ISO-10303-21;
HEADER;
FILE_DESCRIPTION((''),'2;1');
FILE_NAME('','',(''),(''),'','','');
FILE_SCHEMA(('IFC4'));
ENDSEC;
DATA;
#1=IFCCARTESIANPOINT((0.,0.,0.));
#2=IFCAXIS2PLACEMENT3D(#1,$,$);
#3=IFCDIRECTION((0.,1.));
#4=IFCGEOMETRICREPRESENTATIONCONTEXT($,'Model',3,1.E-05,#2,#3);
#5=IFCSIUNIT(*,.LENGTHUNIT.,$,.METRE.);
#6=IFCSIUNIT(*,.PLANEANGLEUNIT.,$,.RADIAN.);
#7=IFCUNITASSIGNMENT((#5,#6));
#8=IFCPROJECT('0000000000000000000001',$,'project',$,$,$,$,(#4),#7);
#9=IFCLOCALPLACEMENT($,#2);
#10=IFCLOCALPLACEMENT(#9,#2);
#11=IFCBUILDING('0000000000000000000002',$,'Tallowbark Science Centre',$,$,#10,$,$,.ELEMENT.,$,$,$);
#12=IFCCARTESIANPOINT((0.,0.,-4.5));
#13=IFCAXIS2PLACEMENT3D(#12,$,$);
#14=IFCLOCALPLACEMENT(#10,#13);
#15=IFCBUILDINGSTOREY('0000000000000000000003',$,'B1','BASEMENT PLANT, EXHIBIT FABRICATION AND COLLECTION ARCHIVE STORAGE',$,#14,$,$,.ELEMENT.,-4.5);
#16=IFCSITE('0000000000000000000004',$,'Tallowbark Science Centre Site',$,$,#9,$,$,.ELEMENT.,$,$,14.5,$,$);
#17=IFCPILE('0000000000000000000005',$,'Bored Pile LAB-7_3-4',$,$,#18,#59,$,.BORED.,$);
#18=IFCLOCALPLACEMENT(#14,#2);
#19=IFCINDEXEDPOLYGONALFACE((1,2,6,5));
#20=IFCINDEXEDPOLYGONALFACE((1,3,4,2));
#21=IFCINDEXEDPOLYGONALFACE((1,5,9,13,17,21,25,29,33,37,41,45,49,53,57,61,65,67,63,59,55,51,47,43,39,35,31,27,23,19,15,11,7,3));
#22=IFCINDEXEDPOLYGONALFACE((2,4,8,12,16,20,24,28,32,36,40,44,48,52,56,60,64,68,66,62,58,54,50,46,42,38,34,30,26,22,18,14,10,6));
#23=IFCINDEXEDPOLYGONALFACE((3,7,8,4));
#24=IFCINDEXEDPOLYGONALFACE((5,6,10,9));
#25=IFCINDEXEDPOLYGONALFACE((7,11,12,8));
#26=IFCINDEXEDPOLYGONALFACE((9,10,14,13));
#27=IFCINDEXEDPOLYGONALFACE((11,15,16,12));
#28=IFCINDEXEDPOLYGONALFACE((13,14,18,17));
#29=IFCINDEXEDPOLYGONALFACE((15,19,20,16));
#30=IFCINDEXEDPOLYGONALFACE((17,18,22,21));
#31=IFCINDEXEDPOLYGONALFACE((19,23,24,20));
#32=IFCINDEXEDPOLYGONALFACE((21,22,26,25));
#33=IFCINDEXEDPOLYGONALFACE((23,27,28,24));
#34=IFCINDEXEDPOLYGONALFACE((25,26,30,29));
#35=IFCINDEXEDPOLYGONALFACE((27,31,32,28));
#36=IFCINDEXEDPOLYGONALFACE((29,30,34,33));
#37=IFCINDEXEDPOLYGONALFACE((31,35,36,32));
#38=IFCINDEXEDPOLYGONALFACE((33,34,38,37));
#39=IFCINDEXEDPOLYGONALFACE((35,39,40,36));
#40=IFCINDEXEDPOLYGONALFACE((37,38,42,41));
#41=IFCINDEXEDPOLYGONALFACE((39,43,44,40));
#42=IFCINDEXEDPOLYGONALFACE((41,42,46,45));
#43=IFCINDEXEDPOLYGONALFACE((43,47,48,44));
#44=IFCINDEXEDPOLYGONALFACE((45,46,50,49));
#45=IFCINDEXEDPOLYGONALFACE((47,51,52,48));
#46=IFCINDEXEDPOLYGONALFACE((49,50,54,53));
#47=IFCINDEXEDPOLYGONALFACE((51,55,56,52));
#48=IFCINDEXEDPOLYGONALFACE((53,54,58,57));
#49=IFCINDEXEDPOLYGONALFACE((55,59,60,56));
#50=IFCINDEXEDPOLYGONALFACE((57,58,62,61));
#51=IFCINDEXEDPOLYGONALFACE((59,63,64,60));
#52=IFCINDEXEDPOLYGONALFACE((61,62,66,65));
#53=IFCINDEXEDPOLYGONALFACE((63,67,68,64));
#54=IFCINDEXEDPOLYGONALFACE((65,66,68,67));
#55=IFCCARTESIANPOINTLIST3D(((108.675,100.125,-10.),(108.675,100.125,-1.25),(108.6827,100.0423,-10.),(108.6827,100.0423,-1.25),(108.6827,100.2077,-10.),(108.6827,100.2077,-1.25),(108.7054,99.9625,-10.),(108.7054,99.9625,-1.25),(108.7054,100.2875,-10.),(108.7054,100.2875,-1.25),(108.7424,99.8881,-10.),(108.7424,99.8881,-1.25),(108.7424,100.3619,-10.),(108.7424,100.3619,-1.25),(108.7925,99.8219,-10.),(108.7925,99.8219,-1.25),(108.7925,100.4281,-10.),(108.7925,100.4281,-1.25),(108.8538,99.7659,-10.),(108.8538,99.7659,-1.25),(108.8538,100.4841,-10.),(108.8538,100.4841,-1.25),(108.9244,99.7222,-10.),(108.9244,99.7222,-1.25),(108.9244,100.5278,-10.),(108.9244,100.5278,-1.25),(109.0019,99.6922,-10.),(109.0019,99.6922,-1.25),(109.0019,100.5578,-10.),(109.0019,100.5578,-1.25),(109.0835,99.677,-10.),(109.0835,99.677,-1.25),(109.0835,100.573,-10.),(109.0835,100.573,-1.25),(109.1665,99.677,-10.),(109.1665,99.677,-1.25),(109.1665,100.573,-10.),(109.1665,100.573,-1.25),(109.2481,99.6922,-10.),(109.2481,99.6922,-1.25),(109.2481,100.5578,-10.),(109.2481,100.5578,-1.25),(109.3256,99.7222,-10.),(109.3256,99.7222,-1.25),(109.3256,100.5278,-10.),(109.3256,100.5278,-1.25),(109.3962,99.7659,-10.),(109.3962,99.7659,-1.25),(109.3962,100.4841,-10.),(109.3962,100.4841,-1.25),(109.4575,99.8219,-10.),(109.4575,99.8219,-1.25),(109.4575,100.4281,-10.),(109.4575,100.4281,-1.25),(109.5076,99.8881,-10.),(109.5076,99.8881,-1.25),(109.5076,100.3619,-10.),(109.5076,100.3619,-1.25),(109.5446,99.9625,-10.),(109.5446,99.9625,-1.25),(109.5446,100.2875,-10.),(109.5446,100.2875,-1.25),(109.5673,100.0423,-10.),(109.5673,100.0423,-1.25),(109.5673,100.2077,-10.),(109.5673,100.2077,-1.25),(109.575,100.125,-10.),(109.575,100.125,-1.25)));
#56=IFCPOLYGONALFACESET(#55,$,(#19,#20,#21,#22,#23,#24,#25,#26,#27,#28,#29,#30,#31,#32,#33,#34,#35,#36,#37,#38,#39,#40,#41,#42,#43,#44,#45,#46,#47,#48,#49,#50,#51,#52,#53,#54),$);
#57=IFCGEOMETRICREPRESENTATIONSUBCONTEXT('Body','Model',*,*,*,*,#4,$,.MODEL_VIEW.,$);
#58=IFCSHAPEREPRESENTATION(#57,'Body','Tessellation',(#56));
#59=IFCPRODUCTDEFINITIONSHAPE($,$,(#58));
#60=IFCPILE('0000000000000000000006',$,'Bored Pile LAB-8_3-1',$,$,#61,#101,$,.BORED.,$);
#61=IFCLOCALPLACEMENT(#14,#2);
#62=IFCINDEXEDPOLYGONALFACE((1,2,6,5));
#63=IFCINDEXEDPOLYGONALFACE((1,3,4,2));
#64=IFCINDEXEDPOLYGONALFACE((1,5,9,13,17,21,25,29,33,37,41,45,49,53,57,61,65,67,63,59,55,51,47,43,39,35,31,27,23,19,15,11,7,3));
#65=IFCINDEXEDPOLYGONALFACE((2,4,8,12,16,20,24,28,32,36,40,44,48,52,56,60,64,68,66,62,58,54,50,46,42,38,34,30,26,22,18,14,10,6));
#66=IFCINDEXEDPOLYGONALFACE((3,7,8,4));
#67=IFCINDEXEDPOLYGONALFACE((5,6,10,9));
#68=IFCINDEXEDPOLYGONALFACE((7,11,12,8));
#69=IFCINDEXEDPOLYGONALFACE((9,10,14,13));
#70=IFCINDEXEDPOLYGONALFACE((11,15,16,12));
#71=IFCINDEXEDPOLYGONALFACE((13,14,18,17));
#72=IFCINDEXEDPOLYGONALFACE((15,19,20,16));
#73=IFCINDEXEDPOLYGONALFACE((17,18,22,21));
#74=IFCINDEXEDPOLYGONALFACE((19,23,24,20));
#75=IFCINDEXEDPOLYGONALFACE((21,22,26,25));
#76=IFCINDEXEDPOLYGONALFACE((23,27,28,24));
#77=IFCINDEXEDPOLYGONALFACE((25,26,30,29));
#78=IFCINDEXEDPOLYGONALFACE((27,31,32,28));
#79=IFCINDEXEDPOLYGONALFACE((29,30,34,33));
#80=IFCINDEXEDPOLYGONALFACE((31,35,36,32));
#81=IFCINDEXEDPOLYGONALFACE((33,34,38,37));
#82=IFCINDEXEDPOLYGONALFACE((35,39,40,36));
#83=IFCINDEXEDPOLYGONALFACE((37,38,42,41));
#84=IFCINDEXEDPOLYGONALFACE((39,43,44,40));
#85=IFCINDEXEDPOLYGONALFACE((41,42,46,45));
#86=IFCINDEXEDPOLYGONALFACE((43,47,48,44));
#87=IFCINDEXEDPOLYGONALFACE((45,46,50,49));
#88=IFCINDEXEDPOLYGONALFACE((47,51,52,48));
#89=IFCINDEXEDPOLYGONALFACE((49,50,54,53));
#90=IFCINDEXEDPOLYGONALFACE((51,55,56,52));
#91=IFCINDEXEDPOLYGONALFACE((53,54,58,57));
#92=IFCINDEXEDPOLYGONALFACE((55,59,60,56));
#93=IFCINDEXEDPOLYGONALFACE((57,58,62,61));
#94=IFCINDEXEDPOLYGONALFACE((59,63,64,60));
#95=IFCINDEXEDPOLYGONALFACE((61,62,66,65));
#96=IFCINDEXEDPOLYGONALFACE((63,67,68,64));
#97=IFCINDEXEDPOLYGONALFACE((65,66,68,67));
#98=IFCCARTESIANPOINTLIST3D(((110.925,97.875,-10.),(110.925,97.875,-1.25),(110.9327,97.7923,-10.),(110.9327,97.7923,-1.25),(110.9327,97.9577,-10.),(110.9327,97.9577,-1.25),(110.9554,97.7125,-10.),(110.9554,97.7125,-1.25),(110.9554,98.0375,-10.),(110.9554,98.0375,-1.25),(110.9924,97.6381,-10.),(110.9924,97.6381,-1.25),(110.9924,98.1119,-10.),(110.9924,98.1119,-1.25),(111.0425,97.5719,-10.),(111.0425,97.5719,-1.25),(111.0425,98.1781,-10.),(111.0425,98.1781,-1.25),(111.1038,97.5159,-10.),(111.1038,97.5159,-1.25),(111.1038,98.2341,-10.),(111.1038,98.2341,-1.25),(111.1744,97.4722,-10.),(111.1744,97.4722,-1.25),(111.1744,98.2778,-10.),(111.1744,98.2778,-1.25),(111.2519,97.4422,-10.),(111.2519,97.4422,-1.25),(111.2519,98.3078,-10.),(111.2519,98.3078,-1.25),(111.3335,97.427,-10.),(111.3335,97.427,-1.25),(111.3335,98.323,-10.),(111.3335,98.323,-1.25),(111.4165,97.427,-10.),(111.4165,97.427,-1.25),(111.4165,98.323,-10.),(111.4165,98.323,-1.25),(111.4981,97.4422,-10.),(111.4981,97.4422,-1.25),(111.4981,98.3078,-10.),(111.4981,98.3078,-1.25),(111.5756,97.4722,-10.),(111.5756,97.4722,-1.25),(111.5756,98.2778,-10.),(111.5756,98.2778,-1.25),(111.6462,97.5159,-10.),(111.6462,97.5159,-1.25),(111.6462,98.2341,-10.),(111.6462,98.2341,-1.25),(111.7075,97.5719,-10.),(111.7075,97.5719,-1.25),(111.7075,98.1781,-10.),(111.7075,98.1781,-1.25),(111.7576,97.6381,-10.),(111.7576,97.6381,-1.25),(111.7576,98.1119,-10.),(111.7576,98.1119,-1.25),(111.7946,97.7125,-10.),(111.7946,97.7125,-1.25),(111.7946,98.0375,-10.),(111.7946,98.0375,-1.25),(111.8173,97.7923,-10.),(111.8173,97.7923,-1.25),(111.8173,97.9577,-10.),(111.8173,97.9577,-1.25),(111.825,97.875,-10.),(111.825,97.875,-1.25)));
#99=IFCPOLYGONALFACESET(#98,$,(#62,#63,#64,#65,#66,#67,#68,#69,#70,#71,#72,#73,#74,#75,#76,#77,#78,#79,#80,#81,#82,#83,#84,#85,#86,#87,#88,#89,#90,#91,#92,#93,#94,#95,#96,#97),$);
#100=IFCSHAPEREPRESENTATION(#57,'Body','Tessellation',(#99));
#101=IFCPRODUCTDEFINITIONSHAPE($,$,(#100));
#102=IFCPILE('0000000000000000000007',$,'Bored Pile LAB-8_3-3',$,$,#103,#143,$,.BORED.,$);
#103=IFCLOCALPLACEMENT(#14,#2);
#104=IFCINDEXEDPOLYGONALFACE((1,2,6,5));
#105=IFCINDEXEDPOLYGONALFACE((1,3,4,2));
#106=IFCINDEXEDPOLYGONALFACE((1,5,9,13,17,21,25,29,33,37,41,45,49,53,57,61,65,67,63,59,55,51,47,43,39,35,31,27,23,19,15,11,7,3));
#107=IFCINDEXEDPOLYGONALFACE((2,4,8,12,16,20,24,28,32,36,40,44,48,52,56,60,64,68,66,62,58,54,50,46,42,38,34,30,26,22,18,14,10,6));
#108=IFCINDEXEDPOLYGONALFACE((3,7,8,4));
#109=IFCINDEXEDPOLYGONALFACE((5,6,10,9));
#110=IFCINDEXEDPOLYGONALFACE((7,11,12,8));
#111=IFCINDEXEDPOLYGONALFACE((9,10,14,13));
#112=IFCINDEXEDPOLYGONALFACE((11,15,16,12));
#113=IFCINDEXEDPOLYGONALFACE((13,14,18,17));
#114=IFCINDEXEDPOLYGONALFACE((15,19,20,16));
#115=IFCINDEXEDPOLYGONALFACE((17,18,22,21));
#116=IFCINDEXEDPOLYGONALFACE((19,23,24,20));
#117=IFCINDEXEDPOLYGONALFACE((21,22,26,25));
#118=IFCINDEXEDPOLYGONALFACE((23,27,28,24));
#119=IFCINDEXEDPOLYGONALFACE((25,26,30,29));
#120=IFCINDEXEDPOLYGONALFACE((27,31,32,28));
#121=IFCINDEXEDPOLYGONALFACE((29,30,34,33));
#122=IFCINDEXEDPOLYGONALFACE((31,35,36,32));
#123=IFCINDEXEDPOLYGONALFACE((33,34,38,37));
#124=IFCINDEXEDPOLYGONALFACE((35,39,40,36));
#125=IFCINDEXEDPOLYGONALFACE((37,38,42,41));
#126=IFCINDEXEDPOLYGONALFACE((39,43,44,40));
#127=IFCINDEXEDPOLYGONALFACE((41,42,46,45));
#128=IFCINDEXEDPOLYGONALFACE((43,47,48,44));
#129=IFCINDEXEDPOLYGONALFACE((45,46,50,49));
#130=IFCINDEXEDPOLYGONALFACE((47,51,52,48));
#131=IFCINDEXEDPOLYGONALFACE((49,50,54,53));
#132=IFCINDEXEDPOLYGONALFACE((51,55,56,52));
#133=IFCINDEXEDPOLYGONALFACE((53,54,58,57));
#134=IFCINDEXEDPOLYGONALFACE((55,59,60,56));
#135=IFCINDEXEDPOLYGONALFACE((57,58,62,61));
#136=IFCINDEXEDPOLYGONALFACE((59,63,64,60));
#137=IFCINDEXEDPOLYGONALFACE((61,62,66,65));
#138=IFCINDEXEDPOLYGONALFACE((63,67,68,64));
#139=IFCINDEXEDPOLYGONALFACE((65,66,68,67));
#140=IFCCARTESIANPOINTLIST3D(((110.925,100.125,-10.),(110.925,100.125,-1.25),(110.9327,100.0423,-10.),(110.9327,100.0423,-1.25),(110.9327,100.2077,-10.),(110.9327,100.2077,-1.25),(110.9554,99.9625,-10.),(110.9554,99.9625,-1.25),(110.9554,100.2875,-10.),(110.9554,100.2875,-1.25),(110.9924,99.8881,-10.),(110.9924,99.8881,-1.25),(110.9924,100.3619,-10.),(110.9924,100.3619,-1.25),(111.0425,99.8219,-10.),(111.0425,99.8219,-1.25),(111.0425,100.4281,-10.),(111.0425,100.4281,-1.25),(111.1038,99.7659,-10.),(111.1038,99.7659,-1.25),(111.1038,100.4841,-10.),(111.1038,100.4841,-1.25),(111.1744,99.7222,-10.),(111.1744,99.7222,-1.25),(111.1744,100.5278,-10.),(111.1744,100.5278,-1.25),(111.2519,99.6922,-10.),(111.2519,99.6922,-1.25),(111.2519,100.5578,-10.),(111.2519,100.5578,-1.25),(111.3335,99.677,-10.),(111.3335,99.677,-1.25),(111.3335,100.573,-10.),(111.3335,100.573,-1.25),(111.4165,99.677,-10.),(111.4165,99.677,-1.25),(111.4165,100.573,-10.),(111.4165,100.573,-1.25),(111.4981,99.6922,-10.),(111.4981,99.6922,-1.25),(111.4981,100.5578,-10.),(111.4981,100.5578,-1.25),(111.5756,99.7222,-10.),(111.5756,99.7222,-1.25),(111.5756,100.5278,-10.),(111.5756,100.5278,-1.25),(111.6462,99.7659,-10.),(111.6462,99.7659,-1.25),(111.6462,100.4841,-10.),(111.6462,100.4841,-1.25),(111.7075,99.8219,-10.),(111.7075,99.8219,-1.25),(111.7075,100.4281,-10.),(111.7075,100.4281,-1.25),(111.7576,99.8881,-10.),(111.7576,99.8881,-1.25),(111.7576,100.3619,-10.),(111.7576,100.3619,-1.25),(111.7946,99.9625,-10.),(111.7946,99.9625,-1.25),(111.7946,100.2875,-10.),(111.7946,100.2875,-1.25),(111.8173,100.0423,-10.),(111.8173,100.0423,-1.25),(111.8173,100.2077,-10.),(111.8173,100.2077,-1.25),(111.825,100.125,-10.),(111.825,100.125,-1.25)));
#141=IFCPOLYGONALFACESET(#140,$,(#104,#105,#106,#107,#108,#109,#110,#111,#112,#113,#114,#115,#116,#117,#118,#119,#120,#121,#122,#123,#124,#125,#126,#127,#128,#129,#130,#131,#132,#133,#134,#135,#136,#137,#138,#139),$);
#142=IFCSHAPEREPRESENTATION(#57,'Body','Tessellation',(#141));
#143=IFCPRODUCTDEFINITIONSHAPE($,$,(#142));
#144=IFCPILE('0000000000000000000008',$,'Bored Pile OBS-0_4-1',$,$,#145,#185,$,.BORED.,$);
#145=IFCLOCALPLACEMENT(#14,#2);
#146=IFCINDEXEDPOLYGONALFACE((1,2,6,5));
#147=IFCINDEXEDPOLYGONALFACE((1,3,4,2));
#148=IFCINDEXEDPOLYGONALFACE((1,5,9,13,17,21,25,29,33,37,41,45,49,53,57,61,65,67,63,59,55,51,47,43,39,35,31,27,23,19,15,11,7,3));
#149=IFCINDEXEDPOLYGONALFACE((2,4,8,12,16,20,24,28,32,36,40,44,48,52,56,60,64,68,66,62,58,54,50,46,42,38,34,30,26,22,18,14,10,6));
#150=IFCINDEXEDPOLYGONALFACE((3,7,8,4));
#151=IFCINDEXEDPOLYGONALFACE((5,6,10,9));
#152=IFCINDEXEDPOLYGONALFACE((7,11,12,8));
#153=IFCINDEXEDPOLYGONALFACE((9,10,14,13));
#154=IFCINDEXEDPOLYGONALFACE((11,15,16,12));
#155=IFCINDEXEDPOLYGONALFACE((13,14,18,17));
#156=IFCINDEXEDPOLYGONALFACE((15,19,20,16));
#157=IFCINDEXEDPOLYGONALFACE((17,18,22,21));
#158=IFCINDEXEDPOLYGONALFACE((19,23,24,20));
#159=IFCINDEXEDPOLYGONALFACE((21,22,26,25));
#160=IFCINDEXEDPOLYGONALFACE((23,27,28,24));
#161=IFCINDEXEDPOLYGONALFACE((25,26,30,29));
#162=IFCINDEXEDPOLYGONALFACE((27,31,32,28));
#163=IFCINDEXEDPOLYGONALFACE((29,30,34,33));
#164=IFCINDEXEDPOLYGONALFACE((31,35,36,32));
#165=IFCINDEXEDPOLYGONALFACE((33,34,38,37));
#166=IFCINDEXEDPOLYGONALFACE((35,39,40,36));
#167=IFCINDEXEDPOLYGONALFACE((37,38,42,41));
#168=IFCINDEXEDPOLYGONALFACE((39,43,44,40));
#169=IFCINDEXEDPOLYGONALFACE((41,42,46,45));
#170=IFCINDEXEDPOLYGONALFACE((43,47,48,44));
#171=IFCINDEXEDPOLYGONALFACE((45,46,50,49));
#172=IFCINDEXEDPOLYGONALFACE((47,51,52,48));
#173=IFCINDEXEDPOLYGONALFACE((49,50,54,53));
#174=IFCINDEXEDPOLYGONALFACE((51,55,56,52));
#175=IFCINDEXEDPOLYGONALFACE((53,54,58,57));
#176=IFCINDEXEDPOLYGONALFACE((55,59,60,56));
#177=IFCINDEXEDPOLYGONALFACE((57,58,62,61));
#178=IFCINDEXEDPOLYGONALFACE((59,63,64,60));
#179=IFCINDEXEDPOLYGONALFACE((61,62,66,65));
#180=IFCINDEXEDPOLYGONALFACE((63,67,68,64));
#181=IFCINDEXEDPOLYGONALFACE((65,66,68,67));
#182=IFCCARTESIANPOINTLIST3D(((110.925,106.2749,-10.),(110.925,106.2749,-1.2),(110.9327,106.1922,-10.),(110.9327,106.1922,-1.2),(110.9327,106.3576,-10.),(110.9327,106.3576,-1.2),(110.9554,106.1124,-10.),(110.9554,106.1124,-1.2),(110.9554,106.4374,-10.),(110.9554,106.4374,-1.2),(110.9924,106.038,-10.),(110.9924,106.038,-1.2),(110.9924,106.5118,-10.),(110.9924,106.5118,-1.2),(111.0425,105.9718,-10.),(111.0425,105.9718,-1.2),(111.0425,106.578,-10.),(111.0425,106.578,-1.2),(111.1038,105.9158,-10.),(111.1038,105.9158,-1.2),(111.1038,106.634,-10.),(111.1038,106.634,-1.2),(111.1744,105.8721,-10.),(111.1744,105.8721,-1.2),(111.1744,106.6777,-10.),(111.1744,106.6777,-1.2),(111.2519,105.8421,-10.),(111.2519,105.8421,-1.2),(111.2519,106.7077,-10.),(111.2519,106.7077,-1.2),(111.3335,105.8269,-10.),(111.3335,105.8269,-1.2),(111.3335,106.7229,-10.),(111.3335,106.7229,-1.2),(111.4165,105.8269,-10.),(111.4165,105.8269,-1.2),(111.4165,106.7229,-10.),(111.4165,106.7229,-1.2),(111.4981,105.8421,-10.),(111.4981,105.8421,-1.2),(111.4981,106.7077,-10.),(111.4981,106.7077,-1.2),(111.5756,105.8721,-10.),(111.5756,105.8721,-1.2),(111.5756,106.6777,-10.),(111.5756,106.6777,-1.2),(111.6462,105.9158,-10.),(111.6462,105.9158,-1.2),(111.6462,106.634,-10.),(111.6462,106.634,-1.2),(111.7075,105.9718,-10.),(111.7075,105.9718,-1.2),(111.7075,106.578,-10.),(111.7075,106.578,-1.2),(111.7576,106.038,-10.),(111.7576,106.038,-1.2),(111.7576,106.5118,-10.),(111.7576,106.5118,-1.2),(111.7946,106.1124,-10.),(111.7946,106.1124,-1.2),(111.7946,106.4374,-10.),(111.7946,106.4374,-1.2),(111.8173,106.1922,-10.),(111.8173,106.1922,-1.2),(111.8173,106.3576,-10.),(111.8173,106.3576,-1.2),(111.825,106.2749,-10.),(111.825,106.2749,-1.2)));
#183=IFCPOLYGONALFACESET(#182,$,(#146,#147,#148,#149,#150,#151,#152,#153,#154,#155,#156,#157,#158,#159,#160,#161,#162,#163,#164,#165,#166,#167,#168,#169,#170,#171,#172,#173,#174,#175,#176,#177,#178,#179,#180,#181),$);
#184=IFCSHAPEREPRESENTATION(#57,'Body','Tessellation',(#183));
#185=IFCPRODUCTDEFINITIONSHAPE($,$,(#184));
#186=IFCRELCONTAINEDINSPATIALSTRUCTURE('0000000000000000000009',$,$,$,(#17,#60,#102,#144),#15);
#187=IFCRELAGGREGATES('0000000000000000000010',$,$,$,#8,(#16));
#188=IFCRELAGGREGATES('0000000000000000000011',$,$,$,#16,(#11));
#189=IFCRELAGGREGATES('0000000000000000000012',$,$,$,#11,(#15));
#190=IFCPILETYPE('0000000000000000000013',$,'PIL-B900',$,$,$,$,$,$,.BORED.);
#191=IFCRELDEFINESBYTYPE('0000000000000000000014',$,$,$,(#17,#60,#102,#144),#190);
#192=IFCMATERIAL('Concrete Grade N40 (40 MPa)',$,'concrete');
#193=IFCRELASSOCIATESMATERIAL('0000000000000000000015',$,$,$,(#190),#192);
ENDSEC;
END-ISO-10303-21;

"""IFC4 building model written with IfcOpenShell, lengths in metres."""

from ifc_helpers import new_model, si_unit, direction, frame, origin, origin_2d, place, context, subcontext, project, spatial, circle, extrude, material, material_profile, profile_set, type_object, element, save


model = new_model("IFC4")

# Units and contexts
model_context = context("Model", 3, precision=1e-05, world=origin(), true_north=direction((0.0, 1.0)))
body_context = subcontext(model_context, "Body", "Model", "MODEL_VIEW")
ifc_project = project(units=[si_unit("LENGTHUNIT", "METRE"), si_unit("PLANEANGLEUNIT", "RADIAN")], contexts=[model_context])

# Site, building, storey
site_placement = place(None, origin())
site = spatial("IfcSite", under=ifc_project, at=site_placement, Name="Tallowbark Science Centre Site", CompositionType="ELEMENT", RefElevation=14.5)
building_placement = place(site_placement, origin())
building = spatial("IfcBuilding", under=site, at=building_placement, Name="Tallowbark Science Centre", CompositionType="ELEMENT")
storey_placement = place(building_placement, frame((0.0, 0.0, -4.5)))
storey = spatial("IfcBuildingStorey", under=building, at=storey_placement, Name="B1", Description="BASEMENT PLANT, EXHIBIT FABRICATION AND COLLECTION ARCHIVE STORAGE", CompositionType="ELEMENT", Elevation=-4.5)

# Shared definitions
ifc_material_1 = material(Name="Concrete Grade N40 (40 MPa)", Category="concrete")

# Piles
ifc_material_profile_1 = material_profile(ifc_material_1, circle(Radius=0.45, at=origin_2d()), Name="PILE900")
ifc_profile_set_1 = profile_set([ifc_material_profile_1], Name="Concrete Grade N40 (40 MPa)")
pile_type = type_object("IfcPileType", Name="PIL-B900", PredefinedType="BORED", material=ifc_profile_set_1)
for number, where, z_axis, x_axis, name in (
    (1, (109.125, 100.125, -1.25), (0.0, 0.0, -1.0), (1.0, 0.0, 0.0), "Bored Pile LAB-7_3-4"),
    (2, (111.375, 97.875, -1.25), (0.0, 0.0, -1.0), (1.0, 0.0, 0.0), "Bored Pile LAB-8_3-1"),
    (3, (111.375, 100.125, -1.25), (0.0, 0.0, -1.0), (1.0, 0.0, 0.0), "Bored Pile LAB-8_3-3"),
):
    element("IfcPile", number, at=place(storey_placement, frame(where, z_axis=z_axis, x_axis=x_axis)), inside=storey, type_object=pile_type, Name=name, PredefinedType="BORED", context=body_context, shape_type="SweptSolid", body=[
        extrude(circle(Radius=0.45, at=origin_2d()), origin(), (0.0, 0.0, 1.0), 8.75),
    ])
for number, where, z_axis, x_axis, name in (
    (4, (111.375, 106.2749, -1.2), (0.0, 0.0, -1.0), (1.0, 0.0, 0.0), "Bored Pile OBS-0_4-1"),
):
    element("IfcPile", number, at=place(storey_placement, frame(where, z_axis=z_axis, x_axis=x_axis)), inside=storey, type_object=pile_type, Name=name, PredefinedType="BORED", context=body_context, shape_type="SweptSolid", body=[
        extrude(circle(Radius=0.45, at=origin_2d()), origin(), (0.0, 0.0, 1.0), 8.8),
    ])

save(model, "model.ifc")
